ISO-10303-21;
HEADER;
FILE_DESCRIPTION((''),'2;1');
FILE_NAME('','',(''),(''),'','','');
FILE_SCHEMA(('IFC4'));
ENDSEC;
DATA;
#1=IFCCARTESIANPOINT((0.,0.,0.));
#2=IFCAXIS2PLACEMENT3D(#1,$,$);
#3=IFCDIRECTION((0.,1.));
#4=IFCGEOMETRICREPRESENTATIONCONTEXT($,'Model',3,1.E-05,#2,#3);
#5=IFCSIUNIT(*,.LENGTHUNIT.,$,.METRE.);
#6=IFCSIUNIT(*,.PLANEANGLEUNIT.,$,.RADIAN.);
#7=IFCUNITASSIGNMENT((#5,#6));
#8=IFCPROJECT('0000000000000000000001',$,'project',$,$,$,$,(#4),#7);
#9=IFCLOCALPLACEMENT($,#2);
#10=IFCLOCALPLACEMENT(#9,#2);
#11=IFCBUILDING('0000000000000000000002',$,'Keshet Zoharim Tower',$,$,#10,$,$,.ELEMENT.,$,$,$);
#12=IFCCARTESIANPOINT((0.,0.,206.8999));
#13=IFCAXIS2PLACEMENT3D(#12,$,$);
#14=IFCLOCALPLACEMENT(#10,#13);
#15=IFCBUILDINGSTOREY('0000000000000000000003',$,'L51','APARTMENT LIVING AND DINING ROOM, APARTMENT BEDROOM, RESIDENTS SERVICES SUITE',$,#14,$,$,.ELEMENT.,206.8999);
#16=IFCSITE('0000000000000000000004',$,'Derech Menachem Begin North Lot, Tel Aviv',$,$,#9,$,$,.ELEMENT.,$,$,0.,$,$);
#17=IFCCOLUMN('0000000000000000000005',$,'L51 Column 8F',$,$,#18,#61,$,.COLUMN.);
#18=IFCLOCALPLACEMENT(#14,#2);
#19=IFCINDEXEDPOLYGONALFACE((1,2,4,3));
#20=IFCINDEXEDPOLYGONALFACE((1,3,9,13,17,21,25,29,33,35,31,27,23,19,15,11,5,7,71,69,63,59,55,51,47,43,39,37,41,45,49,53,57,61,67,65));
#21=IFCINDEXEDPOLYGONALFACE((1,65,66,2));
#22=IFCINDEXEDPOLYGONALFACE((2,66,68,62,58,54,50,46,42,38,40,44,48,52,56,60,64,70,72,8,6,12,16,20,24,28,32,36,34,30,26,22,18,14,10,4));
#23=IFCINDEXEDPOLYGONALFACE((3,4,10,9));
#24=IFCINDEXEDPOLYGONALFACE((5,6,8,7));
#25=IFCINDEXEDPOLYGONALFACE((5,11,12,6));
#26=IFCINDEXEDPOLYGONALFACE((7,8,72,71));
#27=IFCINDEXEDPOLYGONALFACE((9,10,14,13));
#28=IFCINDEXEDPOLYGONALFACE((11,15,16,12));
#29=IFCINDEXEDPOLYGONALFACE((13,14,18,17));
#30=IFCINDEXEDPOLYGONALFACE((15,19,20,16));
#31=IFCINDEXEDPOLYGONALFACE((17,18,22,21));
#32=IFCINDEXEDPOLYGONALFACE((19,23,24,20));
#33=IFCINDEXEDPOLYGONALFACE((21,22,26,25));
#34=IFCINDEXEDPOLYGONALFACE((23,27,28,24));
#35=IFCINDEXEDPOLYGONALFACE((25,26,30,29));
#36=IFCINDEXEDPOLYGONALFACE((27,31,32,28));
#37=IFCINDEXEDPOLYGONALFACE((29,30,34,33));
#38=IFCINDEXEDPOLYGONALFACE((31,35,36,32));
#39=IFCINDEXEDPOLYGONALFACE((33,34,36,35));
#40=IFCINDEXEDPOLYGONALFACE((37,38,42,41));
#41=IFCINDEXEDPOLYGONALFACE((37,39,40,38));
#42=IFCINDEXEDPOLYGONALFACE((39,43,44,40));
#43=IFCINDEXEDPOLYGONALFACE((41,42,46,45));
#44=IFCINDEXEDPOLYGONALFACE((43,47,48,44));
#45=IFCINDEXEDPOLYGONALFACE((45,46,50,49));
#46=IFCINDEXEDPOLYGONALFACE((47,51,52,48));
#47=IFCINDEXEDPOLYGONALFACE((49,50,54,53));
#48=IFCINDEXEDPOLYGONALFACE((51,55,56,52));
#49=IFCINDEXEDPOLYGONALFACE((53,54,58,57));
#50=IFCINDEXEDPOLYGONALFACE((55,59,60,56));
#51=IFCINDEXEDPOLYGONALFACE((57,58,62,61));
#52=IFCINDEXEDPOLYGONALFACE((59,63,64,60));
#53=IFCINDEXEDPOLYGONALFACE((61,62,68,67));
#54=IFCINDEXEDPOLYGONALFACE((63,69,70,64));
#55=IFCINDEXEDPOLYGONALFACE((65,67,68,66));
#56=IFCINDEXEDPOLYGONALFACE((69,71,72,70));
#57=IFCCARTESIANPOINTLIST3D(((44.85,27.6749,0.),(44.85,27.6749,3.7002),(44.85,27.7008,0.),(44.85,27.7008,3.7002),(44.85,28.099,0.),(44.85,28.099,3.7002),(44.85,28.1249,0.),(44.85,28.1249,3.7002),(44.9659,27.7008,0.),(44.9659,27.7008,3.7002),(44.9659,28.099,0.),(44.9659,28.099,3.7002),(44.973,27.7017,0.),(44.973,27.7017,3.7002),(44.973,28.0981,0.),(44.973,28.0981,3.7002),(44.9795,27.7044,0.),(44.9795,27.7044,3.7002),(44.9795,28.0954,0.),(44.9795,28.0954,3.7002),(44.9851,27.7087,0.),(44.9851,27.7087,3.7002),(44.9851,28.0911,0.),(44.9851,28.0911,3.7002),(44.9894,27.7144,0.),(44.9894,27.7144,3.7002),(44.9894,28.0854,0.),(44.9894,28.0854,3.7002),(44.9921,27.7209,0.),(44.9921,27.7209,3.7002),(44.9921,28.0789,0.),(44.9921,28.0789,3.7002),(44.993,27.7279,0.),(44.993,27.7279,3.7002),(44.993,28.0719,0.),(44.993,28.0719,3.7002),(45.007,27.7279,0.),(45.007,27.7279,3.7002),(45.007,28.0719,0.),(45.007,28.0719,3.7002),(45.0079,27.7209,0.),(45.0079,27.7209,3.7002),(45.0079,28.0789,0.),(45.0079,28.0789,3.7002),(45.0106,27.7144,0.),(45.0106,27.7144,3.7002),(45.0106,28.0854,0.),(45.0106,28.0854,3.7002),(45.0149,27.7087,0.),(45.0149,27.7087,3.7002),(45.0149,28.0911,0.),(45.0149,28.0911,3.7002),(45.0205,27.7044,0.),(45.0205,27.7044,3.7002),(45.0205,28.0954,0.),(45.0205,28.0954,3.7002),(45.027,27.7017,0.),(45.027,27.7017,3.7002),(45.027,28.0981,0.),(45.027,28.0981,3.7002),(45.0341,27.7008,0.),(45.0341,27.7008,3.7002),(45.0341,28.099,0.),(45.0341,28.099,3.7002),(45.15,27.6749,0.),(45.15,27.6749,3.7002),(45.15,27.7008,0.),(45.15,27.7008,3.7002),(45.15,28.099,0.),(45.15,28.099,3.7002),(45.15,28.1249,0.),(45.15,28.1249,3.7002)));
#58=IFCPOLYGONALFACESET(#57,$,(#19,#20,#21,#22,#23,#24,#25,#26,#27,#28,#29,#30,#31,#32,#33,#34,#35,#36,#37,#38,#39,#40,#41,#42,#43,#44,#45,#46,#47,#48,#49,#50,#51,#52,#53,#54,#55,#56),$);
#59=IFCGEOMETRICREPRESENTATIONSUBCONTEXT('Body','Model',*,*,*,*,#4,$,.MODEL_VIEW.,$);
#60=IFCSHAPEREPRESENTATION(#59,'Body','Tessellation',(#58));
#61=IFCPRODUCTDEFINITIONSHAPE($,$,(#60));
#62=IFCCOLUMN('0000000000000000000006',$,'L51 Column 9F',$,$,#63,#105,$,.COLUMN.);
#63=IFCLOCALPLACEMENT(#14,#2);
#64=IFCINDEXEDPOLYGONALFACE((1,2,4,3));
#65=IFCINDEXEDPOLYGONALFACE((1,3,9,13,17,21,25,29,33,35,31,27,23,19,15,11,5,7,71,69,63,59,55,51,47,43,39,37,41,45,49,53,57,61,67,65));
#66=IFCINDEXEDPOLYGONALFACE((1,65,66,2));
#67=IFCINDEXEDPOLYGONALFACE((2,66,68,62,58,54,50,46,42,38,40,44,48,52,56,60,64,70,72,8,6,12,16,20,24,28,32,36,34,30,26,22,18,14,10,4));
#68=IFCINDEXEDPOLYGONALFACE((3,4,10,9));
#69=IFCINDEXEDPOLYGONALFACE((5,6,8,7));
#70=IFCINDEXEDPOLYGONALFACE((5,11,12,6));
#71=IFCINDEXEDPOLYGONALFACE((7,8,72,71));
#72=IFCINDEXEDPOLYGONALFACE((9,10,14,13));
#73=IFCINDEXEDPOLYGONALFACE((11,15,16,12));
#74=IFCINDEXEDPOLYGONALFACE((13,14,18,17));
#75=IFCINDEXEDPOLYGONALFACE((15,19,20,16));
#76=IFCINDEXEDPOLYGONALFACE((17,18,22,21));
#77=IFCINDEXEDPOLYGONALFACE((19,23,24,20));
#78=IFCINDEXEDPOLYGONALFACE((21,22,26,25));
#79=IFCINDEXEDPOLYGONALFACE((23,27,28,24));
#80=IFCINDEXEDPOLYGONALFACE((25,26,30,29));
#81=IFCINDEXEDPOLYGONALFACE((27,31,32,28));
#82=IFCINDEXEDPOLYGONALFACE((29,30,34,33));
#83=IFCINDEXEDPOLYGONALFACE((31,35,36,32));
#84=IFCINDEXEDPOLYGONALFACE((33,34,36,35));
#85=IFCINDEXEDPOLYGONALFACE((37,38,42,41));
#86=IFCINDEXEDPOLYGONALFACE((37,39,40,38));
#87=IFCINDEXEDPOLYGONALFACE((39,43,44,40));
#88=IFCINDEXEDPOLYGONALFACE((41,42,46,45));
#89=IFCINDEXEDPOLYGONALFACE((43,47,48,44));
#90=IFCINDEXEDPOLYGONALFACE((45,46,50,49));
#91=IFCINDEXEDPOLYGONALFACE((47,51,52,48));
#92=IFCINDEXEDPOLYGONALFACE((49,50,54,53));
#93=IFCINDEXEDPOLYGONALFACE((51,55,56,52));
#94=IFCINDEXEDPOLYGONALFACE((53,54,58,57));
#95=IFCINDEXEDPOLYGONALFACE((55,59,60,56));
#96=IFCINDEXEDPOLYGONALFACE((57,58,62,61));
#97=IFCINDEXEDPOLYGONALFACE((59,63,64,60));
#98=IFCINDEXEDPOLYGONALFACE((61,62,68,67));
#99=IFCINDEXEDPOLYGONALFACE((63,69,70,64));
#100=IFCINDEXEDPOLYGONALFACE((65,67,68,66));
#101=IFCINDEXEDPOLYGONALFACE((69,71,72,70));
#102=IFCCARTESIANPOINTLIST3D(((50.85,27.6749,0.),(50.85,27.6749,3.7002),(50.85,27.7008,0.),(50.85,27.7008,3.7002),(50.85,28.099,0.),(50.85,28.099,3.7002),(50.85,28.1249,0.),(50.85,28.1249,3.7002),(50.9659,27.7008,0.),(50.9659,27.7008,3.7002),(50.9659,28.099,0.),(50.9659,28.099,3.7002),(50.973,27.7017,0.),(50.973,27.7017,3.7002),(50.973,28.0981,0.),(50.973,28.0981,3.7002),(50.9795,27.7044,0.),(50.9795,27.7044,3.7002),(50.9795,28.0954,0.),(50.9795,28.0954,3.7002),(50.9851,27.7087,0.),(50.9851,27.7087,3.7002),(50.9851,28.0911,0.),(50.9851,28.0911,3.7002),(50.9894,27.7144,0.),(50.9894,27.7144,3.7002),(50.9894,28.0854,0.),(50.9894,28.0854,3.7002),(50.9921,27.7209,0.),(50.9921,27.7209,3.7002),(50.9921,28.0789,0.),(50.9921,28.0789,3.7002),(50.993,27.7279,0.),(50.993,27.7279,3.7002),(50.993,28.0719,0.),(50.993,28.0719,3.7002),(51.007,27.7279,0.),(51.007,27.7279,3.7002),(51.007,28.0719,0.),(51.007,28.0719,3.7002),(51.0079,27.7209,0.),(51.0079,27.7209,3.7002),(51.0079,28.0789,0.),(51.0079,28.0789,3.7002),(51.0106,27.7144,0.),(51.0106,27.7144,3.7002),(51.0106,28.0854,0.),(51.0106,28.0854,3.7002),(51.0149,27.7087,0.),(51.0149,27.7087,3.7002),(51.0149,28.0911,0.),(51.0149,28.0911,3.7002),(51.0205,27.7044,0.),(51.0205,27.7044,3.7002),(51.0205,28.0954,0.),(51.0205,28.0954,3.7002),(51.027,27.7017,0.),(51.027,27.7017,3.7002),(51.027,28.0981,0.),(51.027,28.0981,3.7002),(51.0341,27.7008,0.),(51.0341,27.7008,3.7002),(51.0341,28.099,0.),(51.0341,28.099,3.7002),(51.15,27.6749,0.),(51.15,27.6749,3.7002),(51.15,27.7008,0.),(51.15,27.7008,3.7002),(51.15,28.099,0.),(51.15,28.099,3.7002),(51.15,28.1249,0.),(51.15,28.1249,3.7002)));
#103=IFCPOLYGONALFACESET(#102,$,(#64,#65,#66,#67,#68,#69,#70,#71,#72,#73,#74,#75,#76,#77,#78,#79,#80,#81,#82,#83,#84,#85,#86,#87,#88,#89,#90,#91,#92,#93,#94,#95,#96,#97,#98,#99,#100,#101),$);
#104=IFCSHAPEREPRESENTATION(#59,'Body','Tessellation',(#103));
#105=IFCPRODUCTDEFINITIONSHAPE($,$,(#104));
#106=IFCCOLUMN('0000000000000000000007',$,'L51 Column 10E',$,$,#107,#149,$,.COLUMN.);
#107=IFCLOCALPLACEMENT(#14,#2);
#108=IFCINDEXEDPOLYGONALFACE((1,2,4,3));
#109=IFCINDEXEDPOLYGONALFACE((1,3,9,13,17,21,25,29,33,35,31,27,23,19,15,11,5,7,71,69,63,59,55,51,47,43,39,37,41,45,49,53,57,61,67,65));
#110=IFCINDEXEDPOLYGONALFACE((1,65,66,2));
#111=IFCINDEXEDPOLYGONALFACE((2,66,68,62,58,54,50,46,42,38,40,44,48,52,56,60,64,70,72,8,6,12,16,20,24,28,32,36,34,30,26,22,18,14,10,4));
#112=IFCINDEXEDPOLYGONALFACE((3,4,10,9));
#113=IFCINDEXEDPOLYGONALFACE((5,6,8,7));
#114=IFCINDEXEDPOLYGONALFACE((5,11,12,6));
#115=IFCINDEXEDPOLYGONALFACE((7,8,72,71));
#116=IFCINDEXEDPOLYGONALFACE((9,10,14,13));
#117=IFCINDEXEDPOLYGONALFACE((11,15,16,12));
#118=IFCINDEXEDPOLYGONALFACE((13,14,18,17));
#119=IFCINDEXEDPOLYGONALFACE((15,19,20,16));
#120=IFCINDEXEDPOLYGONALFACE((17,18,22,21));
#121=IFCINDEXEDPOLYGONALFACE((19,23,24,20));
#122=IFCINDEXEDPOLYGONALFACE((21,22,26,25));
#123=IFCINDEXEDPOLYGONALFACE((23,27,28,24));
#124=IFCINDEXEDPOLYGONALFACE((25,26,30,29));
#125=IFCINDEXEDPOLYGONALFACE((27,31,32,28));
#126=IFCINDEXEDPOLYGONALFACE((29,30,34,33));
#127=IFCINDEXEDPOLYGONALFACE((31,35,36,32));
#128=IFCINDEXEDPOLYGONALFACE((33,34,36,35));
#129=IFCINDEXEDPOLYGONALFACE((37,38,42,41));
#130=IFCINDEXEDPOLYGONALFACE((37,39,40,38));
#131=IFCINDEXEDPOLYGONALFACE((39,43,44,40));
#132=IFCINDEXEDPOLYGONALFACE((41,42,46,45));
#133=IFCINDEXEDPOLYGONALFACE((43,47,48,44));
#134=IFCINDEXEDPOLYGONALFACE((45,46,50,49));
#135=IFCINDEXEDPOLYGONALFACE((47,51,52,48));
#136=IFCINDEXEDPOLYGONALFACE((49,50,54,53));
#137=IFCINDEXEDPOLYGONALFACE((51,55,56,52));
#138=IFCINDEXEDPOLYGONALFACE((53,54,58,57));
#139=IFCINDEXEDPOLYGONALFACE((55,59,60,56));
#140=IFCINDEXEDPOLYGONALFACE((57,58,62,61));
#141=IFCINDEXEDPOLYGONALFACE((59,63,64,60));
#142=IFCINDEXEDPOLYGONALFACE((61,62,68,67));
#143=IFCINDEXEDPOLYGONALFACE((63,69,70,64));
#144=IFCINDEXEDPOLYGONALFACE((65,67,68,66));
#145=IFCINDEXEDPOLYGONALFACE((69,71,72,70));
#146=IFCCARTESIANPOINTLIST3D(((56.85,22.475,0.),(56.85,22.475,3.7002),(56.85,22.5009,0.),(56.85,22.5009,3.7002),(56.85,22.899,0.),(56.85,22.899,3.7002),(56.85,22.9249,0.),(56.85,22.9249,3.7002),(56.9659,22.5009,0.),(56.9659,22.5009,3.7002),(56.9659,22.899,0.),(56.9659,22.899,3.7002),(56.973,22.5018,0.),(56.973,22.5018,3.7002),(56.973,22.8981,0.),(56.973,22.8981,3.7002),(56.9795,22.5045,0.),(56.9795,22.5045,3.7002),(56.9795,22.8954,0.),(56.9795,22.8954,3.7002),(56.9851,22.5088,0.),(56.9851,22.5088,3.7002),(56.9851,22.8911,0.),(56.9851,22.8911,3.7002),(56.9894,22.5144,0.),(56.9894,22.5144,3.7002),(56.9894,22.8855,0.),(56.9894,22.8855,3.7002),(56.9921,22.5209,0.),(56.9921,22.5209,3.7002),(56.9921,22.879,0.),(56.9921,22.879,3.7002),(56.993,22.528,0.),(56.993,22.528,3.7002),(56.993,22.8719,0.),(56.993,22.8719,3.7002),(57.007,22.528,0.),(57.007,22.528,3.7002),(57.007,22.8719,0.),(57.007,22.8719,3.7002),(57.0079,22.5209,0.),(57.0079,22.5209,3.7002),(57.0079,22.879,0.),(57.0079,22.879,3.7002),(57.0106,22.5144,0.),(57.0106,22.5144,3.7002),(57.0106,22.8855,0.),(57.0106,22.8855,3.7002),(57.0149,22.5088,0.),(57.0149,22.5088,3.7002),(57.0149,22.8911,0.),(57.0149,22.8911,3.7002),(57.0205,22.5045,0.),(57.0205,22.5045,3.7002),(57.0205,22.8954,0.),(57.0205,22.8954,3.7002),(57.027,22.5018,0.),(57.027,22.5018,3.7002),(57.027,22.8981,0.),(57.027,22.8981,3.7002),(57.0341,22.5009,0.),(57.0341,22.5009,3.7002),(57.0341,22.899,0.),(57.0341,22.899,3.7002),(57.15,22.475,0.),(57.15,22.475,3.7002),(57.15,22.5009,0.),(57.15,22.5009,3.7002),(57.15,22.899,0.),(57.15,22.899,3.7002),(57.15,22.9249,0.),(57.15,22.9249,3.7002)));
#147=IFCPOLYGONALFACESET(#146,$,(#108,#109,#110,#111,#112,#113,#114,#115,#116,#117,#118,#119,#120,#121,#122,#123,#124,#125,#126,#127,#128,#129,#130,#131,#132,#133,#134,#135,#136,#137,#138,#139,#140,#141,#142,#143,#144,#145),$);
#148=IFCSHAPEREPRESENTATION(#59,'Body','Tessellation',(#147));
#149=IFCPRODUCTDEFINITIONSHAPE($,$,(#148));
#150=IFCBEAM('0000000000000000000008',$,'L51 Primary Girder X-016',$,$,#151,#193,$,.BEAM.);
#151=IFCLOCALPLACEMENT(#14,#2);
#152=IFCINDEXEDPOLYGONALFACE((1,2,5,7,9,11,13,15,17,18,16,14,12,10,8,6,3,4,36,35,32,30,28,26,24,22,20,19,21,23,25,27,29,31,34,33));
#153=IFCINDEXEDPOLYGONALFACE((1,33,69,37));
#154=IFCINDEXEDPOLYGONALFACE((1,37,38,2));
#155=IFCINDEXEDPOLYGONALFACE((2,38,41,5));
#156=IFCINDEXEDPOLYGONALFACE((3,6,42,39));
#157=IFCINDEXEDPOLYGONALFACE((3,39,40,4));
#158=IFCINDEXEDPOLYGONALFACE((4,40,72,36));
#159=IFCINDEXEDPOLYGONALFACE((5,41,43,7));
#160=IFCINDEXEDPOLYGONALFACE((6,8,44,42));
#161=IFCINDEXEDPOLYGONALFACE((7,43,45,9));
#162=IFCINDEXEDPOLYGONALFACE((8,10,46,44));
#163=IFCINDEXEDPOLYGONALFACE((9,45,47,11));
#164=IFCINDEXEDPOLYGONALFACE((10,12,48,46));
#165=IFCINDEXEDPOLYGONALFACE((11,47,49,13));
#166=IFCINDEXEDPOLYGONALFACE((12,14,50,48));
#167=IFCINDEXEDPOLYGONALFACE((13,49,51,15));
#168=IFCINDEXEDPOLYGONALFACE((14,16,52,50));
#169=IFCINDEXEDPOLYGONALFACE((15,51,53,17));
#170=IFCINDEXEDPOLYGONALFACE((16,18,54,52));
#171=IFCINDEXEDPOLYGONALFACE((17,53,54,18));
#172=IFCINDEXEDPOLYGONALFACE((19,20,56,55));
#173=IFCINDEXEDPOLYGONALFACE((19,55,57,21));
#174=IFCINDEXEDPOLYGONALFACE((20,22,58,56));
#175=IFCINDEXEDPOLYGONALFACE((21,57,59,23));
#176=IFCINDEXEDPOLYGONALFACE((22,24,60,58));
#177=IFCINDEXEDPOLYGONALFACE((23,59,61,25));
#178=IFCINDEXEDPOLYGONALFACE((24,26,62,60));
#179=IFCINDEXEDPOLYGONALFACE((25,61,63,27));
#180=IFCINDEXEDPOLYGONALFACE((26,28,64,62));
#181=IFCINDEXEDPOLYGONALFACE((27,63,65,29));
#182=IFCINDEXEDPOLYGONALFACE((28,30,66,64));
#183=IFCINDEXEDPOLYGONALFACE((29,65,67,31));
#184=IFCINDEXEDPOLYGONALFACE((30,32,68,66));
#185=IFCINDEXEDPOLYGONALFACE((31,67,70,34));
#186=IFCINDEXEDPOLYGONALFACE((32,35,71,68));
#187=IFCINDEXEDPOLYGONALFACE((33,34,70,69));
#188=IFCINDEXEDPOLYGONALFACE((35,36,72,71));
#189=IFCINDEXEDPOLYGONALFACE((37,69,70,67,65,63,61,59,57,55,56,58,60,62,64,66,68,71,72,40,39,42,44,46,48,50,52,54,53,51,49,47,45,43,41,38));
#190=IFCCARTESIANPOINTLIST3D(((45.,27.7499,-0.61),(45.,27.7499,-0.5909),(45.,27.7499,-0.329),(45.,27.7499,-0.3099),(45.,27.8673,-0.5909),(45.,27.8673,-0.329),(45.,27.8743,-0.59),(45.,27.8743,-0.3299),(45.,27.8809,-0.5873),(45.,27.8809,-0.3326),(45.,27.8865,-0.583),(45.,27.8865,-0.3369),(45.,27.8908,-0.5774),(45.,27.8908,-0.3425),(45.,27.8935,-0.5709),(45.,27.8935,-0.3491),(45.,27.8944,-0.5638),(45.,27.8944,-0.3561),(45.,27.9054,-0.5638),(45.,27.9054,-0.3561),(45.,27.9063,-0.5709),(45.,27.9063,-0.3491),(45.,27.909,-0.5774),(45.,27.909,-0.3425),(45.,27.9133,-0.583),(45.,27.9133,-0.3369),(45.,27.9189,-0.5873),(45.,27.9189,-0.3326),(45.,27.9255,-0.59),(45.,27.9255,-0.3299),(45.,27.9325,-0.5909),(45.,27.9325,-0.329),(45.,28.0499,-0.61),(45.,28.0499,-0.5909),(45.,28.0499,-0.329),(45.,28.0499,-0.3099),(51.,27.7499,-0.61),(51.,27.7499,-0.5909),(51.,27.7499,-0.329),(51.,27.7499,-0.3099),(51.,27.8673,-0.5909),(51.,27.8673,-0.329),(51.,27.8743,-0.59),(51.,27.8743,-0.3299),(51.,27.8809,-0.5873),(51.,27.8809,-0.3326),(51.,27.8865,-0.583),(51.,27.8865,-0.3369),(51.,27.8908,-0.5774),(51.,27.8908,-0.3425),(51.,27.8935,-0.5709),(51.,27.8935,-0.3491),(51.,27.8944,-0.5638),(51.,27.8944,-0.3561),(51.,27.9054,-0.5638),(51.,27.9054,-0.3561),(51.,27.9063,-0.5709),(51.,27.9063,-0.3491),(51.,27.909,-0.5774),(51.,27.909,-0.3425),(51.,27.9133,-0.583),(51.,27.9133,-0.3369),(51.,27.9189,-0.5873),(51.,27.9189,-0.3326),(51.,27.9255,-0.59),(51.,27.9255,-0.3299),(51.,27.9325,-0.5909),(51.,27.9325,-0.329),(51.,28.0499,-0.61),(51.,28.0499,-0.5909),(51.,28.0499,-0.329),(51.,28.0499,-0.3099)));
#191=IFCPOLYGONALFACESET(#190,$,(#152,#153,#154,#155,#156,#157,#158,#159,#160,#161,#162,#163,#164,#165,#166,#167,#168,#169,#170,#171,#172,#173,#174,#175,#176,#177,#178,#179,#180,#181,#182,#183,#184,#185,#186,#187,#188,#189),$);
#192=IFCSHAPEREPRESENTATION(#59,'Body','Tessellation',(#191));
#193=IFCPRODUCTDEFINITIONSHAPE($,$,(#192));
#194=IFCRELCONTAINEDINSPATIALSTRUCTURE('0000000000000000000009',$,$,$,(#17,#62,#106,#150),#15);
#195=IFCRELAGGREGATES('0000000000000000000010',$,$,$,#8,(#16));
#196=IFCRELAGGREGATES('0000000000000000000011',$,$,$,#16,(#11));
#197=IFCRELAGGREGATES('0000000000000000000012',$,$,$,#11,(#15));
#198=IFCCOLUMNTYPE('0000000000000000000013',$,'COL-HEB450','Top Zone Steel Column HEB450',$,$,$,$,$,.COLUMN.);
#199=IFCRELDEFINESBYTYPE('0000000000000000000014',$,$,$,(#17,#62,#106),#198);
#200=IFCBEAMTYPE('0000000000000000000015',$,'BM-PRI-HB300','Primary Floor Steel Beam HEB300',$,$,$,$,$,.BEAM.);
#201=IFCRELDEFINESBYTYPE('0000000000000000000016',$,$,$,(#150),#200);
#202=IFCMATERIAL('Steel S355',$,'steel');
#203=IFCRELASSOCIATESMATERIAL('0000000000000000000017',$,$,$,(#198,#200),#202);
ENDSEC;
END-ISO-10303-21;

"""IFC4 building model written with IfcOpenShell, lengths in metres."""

from ifc_helpers import new_model, si_unit, direction, frame, origin, origin_2d, place, context, subcontext, project, spatial, i_section, extrude, material, material_profile, profile_set, type_object, element, save


model = new_model("IFC4")

# Units and contexts
model_context = context("Model", 3, precision=1e-05, world=origin(), true_north=direction((0.0, 1.0)))
body_context = subcontext(model_context, "Body", "Model", "MODEL_VIEW")
ifc_project = project(units=[si_unit("LENGTHUNIT", "METRE"), si_unit("PLANEANGLEUNIT", "RADIAN")], contexts=[model_context])

# Site, building, storey
site_placement = place(None, origin())
site = spatial("IfcSite", under=ifc_project, at=site_placement, Name="Derech Menachem Begin North Lot, Tel Aviv", CompositionType="ELEMENT", RefElevation=0.0)
building_placement = place(site_placement, origin())
building = spatial("IfcBuilding", under=site, at=building_placement, Name="Keshet Zoharim Tower", CompositionType="ELEMENT")
storey_placement = place(building_placement, frame((0.0, 0.0, 206.8999)))
storey = spatial("IfcBuildingStorey", under=building, at=storey_placement, Name="L51", Description="APARTMENT LIVING AND DINING ROOM, APARTMENT BEDROOM, RESIDENTS SERVICES SUITE", CompositionType="ELEMENT", Elevation=206.8999)

# Columns
ifc_material_1 = material(Name="Steel S355", Category="steel")
ifc_material_profile_1 = material_profile(ifc_material_1, i_section(OverallWidth=0.3, OverallDepth=0.45, WebThickness=0.0139, FlangeThickness=0.0259, FilletRadius=0.0271, at=origin_2d()), Name="HEB450")
ifc_profile_set_1 = profile_set([ifc_material_profile_1], Name="Steel S355")
column_type = type_object("IfcColumnType", Name="COL-HEB450", Description="Top Zone Steel Column HEB450", PredefinedType="COLUMN", material=ifc_profile_set_1)
for number, where, z_axis, x_axis, name in (
    (1, (45.0, 27.8999, 0.0), (0.0, 0.0, 1.0), (1.0, 0.0, 0.0), "L51 Column 8F"),
    (2, (51.0, 27.8999, 0.0), (0.0, 0.0, 1.0), (1.0, 0.0, 0.0), "L51 Column 9F"),
    (3, (57.0, 22.7, 0.0), (0.0, 0.0, 1.0), (1.0, 0.0, 0.0), "L51 Column 10E"),
):
    element("IfcColumn", number, at=place(storey_placement, frame(where, z_axis=z_axis, x_axis=x_axis)), inside=storey, type_object=column_type, Name=name, PredefinedType="COLUMN", context=body_context, shape_type="SweptSolid", body=[
        extrude(i_section(OverallWidth=0.3, OverallDepth=0.45, WebThickness=0.0139, FlangeThickness=0.0259, FilletRadius=0.0271, at=origin_2d()), origin(), (0.0, 0.0, 1.0), 3.7002),
    ])

# Beam
ifc_material_profile_2 = material_profile(ifc_material_1, i_section(OverallWidth=0.3, OverallDepth=0.3, WebThickness=0.011, FlangeThickness=0.019, FilletRadius=0.0271, at=origin_2d()), Name="HEB300")
ifc_profile_set_2 = profile_set([ifc_material_profile_2], Name="Steel S355")
beam_type = type_object("IfcBeamType", Name="BM-PRI-HB300", Description="Primary Floor Steel Beam HEB300", PredefinedType="BEAM", material=ifc_profile_set_2)
beam_placement = place(storey_placement, frame((45.0, 27.8999, -0.46), z_axis=(1.0, 0.0, 0.0), x_axis=(0.0, 1.0, 0.0)))
element("IfcBeam", 4, at=beam_placement, inside=storey, type_object=beam_type, Name="L51 Primary Girder X-016", PredefinedType="BEAM", context=body_context, shape_type="SweptSolid", body=[
    extrude(i_section(OverallWidth=0.3, OverallDepth=0.3, WebThickness=0.011, FlangeThickness=0.019, FilletRadius=0.0271, at=origin_2d()), origin(), (0.0, 0.0, 1.0), 6.0),
])

save(model, "model.ifc")
